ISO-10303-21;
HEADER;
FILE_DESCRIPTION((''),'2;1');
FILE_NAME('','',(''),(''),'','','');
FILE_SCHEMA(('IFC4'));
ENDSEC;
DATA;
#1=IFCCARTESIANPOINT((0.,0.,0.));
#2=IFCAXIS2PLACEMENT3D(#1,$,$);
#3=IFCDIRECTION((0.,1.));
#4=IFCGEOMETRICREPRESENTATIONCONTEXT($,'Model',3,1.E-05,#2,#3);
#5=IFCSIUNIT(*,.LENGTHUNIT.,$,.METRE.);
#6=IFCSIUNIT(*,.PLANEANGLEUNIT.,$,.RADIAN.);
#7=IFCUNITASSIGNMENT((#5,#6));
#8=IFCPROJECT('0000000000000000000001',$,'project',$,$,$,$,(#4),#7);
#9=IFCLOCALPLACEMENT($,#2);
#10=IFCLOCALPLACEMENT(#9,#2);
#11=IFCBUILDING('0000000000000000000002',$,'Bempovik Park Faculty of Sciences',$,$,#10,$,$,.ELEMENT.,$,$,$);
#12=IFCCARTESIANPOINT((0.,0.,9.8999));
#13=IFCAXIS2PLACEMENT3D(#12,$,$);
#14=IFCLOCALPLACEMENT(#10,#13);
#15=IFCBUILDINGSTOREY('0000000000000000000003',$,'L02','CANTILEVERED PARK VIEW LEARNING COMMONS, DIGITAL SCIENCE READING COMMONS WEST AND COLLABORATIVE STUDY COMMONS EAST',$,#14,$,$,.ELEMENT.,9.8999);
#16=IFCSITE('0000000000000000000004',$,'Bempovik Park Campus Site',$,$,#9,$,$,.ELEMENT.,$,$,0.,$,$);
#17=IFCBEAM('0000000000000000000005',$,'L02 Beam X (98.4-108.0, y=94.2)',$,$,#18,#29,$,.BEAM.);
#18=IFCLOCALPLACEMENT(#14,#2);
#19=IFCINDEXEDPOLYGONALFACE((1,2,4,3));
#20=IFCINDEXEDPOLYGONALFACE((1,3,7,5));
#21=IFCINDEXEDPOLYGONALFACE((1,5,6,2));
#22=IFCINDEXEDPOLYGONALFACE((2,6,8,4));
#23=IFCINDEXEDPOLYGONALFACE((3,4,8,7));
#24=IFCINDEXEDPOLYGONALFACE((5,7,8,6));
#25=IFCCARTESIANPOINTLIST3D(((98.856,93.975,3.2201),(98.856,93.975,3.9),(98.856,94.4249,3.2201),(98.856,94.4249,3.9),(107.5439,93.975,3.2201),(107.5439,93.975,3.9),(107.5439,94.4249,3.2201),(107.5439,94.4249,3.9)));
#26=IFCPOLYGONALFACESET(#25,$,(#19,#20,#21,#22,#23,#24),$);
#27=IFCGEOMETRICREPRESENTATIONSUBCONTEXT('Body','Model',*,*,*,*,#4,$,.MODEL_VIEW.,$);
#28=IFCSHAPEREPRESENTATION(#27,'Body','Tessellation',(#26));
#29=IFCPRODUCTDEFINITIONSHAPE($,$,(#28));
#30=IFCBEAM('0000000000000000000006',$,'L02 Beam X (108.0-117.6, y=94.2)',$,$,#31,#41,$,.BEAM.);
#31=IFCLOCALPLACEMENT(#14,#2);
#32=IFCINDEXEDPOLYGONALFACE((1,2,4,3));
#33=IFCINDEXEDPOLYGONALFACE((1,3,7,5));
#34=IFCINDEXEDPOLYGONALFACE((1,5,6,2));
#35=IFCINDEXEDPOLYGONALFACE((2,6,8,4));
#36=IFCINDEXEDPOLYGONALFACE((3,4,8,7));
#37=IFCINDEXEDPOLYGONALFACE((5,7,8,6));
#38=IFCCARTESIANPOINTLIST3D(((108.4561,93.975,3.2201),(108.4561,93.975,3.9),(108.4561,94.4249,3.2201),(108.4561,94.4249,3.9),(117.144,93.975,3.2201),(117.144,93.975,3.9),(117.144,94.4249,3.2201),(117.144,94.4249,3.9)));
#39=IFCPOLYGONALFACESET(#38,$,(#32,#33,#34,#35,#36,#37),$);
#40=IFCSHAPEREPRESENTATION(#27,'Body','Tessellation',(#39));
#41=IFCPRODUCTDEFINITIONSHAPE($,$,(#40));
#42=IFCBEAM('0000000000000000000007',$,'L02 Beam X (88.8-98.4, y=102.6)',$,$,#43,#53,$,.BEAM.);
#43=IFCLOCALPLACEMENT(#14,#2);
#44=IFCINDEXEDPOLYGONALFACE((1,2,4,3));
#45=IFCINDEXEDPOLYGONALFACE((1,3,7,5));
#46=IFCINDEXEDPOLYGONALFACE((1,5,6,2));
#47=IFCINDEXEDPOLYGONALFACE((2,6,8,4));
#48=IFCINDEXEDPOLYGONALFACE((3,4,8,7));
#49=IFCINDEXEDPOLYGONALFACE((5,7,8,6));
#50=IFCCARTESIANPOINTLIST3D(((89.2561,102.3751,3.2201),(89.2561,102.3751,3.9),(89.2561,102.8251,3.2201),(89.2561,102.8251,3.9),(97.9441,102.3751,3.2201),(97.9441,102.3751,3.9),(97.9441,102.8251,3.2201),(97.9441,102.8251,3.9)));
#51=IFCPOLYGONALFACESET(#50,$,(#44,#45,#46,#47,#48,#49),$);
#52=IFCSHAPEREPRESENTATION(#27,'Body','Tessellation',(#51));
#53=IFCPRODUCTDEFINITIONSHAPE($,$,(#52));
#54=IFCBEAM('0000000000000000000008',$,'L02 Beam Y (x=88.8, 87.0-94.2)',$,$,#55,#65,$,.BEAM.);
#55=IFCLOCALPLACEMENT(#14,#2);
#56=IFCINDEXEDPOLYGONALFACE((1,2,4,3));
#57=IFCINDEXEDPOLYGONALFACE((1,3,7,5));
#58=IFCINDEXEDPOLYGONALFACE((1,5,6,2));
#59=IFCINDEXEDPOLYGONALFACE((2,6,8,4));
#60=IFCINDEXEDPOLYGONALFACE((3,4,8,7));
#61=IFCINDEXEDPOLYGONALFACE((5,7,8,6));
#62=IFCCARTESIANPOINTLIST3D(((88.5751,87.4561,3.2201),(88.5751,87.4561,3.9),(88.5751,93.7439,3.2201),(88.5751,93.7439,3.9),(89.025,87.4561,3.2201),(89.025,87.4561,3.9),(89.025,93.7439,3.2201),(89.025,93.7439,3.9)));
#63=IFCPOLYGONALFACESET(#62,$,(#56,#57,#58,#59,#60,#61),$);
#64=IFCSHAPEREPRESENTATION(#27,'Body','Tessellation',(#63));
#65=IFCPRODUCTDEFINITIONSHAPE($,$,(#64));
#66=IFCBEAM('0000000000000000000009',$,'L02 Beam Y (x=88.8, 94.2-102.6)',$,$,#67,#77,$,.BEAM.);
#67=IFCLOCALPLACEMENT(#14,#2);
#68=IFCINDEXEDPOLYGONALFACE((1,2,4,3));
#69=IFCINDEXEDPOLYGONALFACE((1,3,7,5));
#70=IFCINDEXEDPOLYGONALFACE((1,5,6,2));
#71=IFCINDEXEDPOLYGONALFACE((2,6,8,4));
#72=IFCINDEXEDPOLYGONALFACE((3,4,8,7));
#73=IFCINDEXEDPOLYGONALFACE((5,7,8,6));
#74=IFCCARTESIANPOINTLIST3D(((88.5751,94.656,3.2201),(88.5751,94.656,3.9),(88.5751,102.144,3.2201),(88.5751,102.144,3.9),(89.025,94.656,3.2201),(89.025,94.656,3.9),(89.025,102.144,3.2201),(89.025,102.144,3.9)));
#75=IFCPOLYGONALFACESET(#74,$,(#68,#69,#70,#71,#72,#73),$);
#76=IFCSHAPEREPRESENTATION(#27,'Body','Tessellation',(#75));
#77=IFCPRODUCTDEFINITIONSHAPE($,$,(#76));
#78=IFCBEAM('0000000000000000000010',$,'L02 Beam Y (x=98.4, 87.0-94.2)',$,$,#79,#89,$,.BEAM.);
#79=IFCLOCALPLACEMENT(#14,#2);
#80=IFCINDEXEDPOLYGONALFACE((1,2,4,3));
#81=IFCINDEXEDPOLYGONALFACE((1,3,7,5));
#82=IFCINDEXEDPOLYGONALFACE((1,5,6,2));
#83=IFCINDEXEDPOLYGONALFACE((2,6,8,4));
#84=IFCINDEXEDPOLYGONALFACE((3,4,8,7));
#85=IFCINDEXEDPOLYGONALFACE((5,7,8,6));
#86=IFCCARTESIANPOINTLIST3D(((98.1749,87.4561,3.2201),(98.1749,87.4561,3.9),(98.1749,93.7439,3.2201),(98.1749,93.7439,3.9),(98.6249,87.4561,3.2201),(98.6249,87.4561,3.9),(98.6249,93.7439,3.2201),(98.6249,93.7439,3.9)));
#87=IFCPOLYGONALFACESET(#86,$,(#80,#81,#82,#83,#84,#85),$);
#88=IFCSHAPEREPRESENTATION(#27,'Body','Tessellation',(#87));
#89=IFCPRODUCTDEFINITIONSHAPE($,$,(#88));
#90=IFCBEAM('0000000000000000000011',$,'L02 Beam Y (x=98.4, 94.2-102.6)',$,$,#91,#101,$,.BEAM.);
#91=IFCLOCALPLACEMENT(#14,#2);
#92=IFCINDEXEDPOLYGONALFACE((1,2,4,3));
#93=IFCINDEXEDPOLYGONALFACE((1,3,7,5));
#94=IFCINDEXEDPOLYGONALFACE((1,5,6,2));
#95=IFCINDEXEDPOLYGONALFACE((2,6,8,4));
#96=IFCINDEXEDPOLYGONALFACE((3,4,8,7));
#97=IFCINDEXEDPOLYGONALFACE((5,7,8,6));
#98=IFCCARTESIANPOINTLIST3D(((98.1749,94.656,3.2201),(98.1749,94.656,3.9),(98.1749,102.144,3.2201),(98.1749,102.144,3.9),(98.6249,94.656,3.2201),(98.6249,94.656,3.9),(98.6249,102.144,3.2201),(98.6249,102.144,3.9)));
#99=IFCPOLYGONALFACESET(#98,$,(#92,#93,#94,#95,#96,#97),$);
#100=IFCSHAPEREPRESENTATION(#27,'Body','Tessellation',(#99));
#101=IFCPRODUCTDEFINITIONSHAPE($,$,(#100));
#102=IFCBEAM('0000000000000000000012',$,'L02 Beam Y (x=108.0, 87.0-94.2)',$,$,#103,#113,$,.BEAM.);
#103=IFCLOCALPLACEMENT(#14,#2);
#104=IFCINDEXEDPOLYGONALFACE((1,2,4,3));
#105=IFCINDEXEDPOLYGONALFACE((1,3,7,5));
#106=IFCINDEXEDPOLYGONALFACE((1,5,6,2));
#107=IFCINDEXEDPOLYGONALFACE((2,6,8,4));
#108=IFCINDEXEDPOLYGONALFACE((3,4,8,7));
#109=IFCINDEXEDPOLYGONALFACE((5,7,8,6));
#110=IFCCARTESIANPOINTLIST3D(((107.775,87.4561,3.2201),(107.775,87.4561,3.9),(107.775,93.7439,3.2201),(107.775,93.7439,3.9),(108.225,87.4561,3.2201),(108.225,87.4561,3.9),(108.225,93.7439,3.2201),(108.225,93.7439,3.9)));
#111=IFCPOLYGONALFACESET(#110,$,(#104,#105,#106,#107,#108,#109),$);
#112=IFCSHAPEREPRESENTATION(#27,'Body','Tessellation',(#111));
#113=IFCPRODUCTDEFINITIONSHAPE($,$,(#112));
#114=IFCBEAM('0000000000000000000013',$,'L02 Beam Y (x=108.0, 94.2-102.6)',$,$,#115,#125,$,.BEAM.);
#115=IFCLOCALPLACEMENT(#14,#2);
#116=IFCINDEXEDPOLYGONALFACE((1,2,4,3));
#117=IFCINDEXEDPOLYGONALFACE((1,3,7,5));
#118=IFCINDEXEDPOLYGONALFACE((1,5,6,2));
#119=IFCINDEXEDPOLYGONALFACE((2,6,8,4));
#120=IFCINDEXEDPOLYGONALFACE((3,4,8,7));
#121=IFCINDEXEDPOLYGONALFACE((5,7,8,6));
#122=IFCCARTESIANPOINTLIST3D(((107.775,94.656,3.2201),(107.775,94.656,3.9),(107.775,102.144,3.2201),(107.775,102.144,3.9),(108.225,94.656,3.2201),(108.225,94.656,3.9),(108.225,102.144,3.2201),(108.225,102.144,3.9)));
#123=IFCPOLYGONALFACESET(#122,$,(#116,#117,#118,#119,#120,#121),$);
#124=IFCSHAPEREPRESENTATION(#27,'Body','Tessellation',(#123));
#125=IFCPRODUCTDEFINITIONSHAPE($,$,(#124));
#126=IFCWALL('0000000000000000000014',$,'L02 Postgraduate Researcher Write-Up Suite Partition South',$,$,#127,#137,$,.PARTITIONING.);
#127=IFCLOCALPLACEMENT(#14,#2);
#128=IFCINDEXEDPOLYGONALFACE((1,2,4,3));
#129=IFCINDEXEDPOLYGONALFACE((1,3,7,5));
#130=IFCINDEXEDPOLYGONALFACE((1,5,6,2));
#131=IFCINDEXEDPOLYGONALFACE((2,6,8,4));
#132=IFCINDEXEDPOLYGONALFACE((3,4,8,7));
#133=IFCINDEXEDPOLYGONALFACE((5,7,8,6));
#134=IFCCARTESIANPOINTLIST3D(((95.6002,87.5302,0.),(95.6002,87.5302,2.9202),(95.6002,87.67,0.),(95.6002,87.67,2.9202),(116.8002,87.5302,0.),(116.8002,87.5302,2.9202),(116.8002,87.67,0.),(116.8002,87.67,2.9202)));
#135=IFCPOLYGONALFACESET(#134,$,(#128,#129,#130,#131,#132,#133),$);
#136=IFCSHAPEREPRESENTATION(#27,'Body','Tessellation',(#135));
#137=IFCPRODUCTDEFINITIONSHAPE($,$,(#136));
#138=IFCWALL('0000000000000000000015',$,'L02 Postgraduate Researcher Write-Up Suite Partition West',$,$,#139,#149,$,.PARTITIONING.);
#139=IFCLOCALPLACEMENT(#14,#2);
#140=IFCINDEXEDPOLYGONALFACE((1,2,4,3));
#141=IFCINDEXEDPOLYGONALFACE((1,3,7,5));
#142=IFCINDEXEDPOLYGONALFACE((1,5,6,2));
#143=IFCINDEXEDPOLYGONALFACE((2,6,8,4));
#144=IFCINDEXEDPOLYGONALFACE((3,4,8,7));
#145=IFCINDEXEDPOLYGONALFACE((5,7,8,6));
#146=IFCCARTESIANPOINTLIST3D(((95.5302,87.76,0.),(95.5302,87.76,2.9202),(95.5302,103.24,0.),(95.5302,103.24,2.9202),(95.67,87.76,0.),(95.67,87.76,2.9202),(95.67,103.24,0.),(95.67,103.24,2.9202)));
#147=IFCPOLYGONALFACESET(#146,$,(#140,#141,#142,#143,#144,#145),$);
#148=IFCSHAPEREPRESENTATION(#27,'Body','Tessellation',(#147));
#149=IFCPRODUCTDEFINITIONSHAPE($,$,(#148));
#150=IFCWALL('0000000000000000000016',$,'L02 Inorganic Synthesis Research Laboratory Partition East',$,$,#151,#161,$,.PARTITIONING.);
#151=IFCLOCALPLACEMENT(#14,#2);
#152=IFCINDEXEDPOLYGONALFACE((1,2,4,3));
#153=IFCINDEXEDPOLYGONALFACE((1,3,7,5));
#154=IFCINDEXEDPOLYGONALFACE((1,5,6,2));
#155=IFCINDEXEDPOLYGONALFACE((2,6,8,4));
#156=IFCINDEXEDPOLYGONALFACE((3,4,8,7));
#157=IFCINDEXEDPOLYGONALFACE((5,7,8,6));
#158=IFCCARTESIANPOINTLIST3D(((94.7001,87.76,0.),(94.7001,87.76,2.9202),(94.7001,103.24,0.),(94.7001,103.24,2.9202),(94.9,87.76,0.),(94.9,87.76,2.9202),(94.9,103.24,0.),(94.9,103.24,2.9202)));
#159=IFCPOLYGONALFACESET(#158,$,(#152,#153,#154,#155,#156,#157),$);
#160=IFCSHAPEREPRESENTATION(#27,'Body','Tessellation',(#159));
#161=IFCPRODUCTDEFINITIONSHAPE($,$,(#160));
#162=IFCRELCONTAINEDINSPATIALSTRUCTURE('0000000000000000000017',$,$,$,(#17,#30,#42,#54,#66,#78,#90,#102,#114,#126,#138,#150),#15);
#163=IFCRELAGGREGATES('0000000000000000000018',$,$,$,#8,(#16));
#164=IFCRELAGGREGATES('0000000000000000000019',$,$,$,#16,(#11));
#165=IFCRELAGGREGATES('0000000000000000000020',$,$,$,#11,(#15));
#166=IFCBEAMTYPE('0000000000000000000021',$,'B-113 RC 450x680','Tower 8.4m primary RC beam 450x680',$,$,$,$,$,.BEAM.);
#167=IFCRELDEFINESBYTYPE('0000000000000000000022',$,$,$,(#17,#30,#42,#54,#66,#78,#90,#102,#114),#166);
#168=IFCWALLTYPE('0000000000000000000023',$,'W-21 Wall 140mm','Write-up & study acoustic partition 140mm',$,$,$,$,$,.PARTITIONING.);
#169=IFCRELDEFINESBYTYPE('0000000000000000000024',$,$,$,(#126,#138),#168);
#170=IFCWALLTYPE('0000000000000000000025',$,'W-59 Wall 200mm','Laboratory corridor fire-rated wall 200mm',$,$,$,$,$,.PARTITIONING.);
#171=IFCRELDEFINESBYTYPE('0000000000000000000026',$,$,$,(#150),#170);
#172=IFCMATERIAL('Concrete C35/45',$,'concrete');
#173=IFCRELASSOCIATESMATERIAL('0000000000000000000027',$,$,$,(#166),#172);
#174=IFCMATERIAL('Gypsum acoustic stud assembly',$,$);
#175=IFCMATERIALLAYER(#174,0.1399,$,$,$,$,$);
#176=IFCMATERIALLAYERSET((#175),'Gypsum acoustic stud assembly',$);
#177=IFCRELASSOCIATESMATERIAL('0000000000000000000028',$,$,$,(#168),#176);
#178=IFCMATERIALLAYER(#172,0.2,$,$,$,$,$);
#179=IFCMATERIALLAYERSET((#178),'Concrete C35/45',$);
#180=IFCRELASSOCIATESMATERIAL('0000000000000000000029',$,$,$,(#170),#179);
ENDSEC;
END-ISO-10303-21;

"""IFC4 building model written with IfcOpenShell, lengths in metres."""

from ifc_helpers import new_model, si_unit, direction, frame, frame_2d, origin, origin_2d, place, context, subcontext, project, spatial, rectangle, extrude, material, layer, layer_set, material_profile, profile_set, type_object, element, save


model = new_model("IFC4")

# Units and contexts
model_context = context("Model", 3, precision=1e-05, world=origin(), true_north=direction((0.0, 1.0)))
body_context = subcontext(model_context, "Body", "Model", "MODEL_VIEW")
ifc_project = project(units=[si_unit("LENGTHUNIT", "METRE"), si_unit("PLANEANGLEUNIT", "RADIAN")], contexts=[model_context])

# Site, building, storey
site_placement = place(None, origin())
site = spatial("IfcSite", under=ifc_project, at=site_placement, Name="Bempovik Park Campus Site", CompositionType="ELEMENT", RefElevation=0.0)
building_placement = place(site_placement, origin())
building = spatial("IfcBuilding", under=site, at=building_placement, Name="Bempovik Park Faculty of Sciences", CompositionType="ELEMENT")
storey_placement = place(building_placement, frame((0.0, 0.0, 9.8999)))
storey = spatial("IfcBuildingStorey", under=building, at=storey_placement, Name="L02", Description="CANTILEVERED PARK VIEW LEARNING COMMONS, DIGITAL SCIENCE READING COMMONS WEST AND COLLABORATIVE STUDY COMMONS EAST", CompositionType="ELEMENT", Elevation=9.8999)

# Beams
ifc_material_1 = material(Name="Concrete C35/45", Category="concrete")
ifc_material_profile_1 = material_profile(ifc_material_1, rectangle(XDim=0.45, YDim=0.6799, at=origin_2d()), Name="RC 450x680")
ifc_profile_set_1 = profile_set([ifc_material_profile_1], Name="Concrete C35/45")
beam_type_1 = type_object("IfcBeamType", Name="B-113 RC 450x680", Description="Tower 8.4m primary RC beam 450x680", PredefinedType="BEAM", material=ifc_profile_set_1)
for number, where, z_axis, x_axis, name in (
    (1, (98.856, 94.2, 3.5601), (1.0, 0.0, 0.0), (0.0, 1.0, 0.0), "L02 Beam X (98.4-108.0, y=94.2)"),
    (2, (108.4561, 94.2, 3.5601), (1.0, 0.0, 0.0), (0.0, 1.0, 0.0), "L02 Beam X (108.0-117.6, y=94.2)"),
    (3, (89.2561, 102.6001, 3.5601), (1.0, 0.0, 0.0), (0.0, 1.0, 0.0), "L02 Beam X (88.8-98.4, y=102.6)"),
):
    element("IfcBeam", number, at=place(storey_placement, frame(where, z_axis=z_axis, x_axis=x_axis)), inside=storey, type_object=beam_type_1, Name=name, PredefinedType="BEAM", context=body_context, shape_type="SweptSolid", body=[
        extrude(rectangle(XDim=0.45, YDim=0.6799, at=origin_2d()), origin(), (0.0, 0.0, 1.0), 8.688),
    ])
beam_1_placement = place(storey_placement, frame((88.8, 87.4561, 3.5601), z_axis=(0.0, 1.0, 0.0), x_axis=(-1.0, 0.0, 0.0)))
element("IfcBeam", 4, at=beam_1_placement, inside=storey, type_object=beam_type_1, Name="L02 Beam Y (x=88.8, 87.0-94.2)", PredefinedType="BEAM", context=body_context, shape_type="SweptSolid", body=[
    extrude(rectangle(XDim=0.45, YDim=0.6799, at=origin_2d()), origin(), (0.0, 0.0, 1.0), 6.2878),
])
beam_2_placement = place(storey_placement, frame((88.8, 94.656, 3.5601), z_axis=(0.0, 1.0, 0.0), x_axis=(-1.0, 0.0, 0.0)))
element("IfcBeam", 5, at=beam_2_placement, inside=storey, type_object=beam_type_1, Name="L02 Beam Y (x=88.8, 94.2-102.6)", PredefinedType="BEAM", context=body_context, shape_type="SweptSolid", body=[
    extrude(rectangle(XDim=0.45, YDim=0.6799, at=origin_2d()), origin(), (0.0, 0.0, 1.0), 7.488),
])
beam_3_placement = place(storey_placement, frame((98.3999, 87.4561, 3.5601), z_axis=(0.0, 1.0, 0.0), x_axis=(-1.0, 0.0, 0.0)))
element("IfcBeam", 6, at=beam_3_placement, inside=storey, type_object=beam_type_1, Name="L02 Beam Y (x=98.4, 87.0-94.2)", PredefinedType="BEAM", context=body_context, shape_type="SweptSolid", body=[
    extrude(rectangle(XDim=0.45, YDim=0.6799, at=origin_2d()), origin(), (0.0, 0.0, 1.0), 6.2878),
])
beam_4_placement = place(storey_placement, frame((98.3999, 94.656, 3.5601), z_axis=(0.0, 1.0, 0.0), x_axis=(-1.0, 0.0, 0.0)))
element("IfcBeam", 7, at=beam_4_placement, inside=storey, type_object=beam_type_1, Name="L02 Beam Y (x=98.4, 94.2-102.6)", PredefinedType="BEAM", context=body_context, shape_type="SweptSolid", body=[
    extrude(rectangle(XDim=0.45, YDim=0.6799, at=origin_2d()), origin(), (0.0, 0.0, 1.0), 7.488),
])
beam_5_placement = place(storey_placement, frame((108.0, 87.4561, 3.5601), z_axis=(0.0, 1.0, 0.0), x_axis=(-1.0, 0.0, 0.0)))
element("IfcBeam", 8, at=beam_5_placement, inside=storey, type_object=beam_type_1, Name="L02 Beam Y (x=108.0, 87.0-94.2)", PredefinedType="BEAM", context=body_context, shape_type="SweptSolid", body=[
    extrude(rectangle(XDim=0.45, YDim=0.6799, at=origin_2d()), origin(), (0.0, 0.0, 1.0), 6.2878),
])
beam_6_placement = place(storey_placement, frame((108.0, 94.656, 3.5601), z_axis=(0.0, 1.0, 0.0), x_axis=(-1.0, 0.0, 0.0)))
element("IfcBeam", 9, at=beam_6_placement, inside=storey, type_object=beam_type_1, Name="L02 Beam Y (x=108.0, 94.2-102.6)", PredefinedType="BEAM", context=body_context, shape_type="SweptSolid", body=[
    extrude(rectangle(XDim=0.45, YDim=0.6799, at=origin_2d()), origin(), (0.0, 0.0, 1.0), 7.488),
])

# Walls
ifc_material_2 = material(Name="Gypsum acoustic stud assembly")
ifc_layer_1 = layer(ifc_material_2, 0.1399)
ifc_layer_set_1 = layer_set([ifc_layer_1], Name="Gypsum acoustic stud assembly")
wall_type_1 = type_object("IfcWallType", Name="W-21 Wall 140mm", Description="Write-up & study acoustic partition 140mm", PredefinedType="PARTITIONING", material=ifc_layer_set_1)
wall_1_placement = place(storey_placement, frame((95.6001, 87.6001, 0.0), z_axis=(0.0, 0.0, 1.0), x_axis=(1.0, 0.0, 0.0)))
element("IfcWall", 10, at=wall_1_placement, inside=storey, type_object=wall_type_1, Name="L02 Postgraduate Researcher Write-Up Suite Partition South", PredefinedType="PARTITIONING", context=body_context, shape_type="SweptSolid", body=[
    extrude(rectangle(XDim=21.2, YDim=0.1399, at=frame_2d((10.6001, 0.0))), origin(), (0.0, 0.0, 1.0), 2.9202),
])
wall_2_placement = place(storey_placement, frame((95.6001, 87.76, 0.0), z_axis=(0.0, 0.0, 1.0), x_axis=(0.0, 1.0, 0.0)))
element("IfcWall", 11, at=wall_2_placement, inside=storey, type_object=wall_type_1, Name="L02 Postgraduate Researcher Write-Up Suite Partition West", PredefinedType="PARTITIONING", context=body_context, shape_type="SweptSolid", body=[
    extrude(rectangle(XDim=15.48, YDim=0.1399, at=frame_2d((7.74, 0.0))), origin(), (0.0, 0.0, 1.0), 2.9202),
])
ifc_layer_2 = layer(ifc_material_1, 0.2)
ifc_layer_set_2 = layer_set([ifc_layer_2], Name="Concrete C35/45")
wall_type_2 = type_object("IfcWallType", Name="W-59 Wall 200mm", Description="Laboratory corridor fire-rated wall 200mm", PredefinedType="PARTITIONING", material=ifc_layer_set_2)
wall_3_placement = place(storey_placement, frame((94.8, 87.76, 0.0), z_axis=(0.0, 0.0, 1.0), x_axis=(0.0, 1.0, 0.0)))
element("IfcWall", 12, at=wall_3_placement, inside=storey, type_object=wall_type_2, Name="L02 Inorganic Synthesis Research Laboratory Partition East", PredefinedType="PARTITIONING", context=body_context, shape_type="SweptSolid", body=[
    extrude(rectangle(XDim=15.48, YDim=0.2, at=frame_2d((7.74, 0.0))), origin(), (0.0, 0.0, 1.0), 2.9202),
])

save(model, "model.ifc")
